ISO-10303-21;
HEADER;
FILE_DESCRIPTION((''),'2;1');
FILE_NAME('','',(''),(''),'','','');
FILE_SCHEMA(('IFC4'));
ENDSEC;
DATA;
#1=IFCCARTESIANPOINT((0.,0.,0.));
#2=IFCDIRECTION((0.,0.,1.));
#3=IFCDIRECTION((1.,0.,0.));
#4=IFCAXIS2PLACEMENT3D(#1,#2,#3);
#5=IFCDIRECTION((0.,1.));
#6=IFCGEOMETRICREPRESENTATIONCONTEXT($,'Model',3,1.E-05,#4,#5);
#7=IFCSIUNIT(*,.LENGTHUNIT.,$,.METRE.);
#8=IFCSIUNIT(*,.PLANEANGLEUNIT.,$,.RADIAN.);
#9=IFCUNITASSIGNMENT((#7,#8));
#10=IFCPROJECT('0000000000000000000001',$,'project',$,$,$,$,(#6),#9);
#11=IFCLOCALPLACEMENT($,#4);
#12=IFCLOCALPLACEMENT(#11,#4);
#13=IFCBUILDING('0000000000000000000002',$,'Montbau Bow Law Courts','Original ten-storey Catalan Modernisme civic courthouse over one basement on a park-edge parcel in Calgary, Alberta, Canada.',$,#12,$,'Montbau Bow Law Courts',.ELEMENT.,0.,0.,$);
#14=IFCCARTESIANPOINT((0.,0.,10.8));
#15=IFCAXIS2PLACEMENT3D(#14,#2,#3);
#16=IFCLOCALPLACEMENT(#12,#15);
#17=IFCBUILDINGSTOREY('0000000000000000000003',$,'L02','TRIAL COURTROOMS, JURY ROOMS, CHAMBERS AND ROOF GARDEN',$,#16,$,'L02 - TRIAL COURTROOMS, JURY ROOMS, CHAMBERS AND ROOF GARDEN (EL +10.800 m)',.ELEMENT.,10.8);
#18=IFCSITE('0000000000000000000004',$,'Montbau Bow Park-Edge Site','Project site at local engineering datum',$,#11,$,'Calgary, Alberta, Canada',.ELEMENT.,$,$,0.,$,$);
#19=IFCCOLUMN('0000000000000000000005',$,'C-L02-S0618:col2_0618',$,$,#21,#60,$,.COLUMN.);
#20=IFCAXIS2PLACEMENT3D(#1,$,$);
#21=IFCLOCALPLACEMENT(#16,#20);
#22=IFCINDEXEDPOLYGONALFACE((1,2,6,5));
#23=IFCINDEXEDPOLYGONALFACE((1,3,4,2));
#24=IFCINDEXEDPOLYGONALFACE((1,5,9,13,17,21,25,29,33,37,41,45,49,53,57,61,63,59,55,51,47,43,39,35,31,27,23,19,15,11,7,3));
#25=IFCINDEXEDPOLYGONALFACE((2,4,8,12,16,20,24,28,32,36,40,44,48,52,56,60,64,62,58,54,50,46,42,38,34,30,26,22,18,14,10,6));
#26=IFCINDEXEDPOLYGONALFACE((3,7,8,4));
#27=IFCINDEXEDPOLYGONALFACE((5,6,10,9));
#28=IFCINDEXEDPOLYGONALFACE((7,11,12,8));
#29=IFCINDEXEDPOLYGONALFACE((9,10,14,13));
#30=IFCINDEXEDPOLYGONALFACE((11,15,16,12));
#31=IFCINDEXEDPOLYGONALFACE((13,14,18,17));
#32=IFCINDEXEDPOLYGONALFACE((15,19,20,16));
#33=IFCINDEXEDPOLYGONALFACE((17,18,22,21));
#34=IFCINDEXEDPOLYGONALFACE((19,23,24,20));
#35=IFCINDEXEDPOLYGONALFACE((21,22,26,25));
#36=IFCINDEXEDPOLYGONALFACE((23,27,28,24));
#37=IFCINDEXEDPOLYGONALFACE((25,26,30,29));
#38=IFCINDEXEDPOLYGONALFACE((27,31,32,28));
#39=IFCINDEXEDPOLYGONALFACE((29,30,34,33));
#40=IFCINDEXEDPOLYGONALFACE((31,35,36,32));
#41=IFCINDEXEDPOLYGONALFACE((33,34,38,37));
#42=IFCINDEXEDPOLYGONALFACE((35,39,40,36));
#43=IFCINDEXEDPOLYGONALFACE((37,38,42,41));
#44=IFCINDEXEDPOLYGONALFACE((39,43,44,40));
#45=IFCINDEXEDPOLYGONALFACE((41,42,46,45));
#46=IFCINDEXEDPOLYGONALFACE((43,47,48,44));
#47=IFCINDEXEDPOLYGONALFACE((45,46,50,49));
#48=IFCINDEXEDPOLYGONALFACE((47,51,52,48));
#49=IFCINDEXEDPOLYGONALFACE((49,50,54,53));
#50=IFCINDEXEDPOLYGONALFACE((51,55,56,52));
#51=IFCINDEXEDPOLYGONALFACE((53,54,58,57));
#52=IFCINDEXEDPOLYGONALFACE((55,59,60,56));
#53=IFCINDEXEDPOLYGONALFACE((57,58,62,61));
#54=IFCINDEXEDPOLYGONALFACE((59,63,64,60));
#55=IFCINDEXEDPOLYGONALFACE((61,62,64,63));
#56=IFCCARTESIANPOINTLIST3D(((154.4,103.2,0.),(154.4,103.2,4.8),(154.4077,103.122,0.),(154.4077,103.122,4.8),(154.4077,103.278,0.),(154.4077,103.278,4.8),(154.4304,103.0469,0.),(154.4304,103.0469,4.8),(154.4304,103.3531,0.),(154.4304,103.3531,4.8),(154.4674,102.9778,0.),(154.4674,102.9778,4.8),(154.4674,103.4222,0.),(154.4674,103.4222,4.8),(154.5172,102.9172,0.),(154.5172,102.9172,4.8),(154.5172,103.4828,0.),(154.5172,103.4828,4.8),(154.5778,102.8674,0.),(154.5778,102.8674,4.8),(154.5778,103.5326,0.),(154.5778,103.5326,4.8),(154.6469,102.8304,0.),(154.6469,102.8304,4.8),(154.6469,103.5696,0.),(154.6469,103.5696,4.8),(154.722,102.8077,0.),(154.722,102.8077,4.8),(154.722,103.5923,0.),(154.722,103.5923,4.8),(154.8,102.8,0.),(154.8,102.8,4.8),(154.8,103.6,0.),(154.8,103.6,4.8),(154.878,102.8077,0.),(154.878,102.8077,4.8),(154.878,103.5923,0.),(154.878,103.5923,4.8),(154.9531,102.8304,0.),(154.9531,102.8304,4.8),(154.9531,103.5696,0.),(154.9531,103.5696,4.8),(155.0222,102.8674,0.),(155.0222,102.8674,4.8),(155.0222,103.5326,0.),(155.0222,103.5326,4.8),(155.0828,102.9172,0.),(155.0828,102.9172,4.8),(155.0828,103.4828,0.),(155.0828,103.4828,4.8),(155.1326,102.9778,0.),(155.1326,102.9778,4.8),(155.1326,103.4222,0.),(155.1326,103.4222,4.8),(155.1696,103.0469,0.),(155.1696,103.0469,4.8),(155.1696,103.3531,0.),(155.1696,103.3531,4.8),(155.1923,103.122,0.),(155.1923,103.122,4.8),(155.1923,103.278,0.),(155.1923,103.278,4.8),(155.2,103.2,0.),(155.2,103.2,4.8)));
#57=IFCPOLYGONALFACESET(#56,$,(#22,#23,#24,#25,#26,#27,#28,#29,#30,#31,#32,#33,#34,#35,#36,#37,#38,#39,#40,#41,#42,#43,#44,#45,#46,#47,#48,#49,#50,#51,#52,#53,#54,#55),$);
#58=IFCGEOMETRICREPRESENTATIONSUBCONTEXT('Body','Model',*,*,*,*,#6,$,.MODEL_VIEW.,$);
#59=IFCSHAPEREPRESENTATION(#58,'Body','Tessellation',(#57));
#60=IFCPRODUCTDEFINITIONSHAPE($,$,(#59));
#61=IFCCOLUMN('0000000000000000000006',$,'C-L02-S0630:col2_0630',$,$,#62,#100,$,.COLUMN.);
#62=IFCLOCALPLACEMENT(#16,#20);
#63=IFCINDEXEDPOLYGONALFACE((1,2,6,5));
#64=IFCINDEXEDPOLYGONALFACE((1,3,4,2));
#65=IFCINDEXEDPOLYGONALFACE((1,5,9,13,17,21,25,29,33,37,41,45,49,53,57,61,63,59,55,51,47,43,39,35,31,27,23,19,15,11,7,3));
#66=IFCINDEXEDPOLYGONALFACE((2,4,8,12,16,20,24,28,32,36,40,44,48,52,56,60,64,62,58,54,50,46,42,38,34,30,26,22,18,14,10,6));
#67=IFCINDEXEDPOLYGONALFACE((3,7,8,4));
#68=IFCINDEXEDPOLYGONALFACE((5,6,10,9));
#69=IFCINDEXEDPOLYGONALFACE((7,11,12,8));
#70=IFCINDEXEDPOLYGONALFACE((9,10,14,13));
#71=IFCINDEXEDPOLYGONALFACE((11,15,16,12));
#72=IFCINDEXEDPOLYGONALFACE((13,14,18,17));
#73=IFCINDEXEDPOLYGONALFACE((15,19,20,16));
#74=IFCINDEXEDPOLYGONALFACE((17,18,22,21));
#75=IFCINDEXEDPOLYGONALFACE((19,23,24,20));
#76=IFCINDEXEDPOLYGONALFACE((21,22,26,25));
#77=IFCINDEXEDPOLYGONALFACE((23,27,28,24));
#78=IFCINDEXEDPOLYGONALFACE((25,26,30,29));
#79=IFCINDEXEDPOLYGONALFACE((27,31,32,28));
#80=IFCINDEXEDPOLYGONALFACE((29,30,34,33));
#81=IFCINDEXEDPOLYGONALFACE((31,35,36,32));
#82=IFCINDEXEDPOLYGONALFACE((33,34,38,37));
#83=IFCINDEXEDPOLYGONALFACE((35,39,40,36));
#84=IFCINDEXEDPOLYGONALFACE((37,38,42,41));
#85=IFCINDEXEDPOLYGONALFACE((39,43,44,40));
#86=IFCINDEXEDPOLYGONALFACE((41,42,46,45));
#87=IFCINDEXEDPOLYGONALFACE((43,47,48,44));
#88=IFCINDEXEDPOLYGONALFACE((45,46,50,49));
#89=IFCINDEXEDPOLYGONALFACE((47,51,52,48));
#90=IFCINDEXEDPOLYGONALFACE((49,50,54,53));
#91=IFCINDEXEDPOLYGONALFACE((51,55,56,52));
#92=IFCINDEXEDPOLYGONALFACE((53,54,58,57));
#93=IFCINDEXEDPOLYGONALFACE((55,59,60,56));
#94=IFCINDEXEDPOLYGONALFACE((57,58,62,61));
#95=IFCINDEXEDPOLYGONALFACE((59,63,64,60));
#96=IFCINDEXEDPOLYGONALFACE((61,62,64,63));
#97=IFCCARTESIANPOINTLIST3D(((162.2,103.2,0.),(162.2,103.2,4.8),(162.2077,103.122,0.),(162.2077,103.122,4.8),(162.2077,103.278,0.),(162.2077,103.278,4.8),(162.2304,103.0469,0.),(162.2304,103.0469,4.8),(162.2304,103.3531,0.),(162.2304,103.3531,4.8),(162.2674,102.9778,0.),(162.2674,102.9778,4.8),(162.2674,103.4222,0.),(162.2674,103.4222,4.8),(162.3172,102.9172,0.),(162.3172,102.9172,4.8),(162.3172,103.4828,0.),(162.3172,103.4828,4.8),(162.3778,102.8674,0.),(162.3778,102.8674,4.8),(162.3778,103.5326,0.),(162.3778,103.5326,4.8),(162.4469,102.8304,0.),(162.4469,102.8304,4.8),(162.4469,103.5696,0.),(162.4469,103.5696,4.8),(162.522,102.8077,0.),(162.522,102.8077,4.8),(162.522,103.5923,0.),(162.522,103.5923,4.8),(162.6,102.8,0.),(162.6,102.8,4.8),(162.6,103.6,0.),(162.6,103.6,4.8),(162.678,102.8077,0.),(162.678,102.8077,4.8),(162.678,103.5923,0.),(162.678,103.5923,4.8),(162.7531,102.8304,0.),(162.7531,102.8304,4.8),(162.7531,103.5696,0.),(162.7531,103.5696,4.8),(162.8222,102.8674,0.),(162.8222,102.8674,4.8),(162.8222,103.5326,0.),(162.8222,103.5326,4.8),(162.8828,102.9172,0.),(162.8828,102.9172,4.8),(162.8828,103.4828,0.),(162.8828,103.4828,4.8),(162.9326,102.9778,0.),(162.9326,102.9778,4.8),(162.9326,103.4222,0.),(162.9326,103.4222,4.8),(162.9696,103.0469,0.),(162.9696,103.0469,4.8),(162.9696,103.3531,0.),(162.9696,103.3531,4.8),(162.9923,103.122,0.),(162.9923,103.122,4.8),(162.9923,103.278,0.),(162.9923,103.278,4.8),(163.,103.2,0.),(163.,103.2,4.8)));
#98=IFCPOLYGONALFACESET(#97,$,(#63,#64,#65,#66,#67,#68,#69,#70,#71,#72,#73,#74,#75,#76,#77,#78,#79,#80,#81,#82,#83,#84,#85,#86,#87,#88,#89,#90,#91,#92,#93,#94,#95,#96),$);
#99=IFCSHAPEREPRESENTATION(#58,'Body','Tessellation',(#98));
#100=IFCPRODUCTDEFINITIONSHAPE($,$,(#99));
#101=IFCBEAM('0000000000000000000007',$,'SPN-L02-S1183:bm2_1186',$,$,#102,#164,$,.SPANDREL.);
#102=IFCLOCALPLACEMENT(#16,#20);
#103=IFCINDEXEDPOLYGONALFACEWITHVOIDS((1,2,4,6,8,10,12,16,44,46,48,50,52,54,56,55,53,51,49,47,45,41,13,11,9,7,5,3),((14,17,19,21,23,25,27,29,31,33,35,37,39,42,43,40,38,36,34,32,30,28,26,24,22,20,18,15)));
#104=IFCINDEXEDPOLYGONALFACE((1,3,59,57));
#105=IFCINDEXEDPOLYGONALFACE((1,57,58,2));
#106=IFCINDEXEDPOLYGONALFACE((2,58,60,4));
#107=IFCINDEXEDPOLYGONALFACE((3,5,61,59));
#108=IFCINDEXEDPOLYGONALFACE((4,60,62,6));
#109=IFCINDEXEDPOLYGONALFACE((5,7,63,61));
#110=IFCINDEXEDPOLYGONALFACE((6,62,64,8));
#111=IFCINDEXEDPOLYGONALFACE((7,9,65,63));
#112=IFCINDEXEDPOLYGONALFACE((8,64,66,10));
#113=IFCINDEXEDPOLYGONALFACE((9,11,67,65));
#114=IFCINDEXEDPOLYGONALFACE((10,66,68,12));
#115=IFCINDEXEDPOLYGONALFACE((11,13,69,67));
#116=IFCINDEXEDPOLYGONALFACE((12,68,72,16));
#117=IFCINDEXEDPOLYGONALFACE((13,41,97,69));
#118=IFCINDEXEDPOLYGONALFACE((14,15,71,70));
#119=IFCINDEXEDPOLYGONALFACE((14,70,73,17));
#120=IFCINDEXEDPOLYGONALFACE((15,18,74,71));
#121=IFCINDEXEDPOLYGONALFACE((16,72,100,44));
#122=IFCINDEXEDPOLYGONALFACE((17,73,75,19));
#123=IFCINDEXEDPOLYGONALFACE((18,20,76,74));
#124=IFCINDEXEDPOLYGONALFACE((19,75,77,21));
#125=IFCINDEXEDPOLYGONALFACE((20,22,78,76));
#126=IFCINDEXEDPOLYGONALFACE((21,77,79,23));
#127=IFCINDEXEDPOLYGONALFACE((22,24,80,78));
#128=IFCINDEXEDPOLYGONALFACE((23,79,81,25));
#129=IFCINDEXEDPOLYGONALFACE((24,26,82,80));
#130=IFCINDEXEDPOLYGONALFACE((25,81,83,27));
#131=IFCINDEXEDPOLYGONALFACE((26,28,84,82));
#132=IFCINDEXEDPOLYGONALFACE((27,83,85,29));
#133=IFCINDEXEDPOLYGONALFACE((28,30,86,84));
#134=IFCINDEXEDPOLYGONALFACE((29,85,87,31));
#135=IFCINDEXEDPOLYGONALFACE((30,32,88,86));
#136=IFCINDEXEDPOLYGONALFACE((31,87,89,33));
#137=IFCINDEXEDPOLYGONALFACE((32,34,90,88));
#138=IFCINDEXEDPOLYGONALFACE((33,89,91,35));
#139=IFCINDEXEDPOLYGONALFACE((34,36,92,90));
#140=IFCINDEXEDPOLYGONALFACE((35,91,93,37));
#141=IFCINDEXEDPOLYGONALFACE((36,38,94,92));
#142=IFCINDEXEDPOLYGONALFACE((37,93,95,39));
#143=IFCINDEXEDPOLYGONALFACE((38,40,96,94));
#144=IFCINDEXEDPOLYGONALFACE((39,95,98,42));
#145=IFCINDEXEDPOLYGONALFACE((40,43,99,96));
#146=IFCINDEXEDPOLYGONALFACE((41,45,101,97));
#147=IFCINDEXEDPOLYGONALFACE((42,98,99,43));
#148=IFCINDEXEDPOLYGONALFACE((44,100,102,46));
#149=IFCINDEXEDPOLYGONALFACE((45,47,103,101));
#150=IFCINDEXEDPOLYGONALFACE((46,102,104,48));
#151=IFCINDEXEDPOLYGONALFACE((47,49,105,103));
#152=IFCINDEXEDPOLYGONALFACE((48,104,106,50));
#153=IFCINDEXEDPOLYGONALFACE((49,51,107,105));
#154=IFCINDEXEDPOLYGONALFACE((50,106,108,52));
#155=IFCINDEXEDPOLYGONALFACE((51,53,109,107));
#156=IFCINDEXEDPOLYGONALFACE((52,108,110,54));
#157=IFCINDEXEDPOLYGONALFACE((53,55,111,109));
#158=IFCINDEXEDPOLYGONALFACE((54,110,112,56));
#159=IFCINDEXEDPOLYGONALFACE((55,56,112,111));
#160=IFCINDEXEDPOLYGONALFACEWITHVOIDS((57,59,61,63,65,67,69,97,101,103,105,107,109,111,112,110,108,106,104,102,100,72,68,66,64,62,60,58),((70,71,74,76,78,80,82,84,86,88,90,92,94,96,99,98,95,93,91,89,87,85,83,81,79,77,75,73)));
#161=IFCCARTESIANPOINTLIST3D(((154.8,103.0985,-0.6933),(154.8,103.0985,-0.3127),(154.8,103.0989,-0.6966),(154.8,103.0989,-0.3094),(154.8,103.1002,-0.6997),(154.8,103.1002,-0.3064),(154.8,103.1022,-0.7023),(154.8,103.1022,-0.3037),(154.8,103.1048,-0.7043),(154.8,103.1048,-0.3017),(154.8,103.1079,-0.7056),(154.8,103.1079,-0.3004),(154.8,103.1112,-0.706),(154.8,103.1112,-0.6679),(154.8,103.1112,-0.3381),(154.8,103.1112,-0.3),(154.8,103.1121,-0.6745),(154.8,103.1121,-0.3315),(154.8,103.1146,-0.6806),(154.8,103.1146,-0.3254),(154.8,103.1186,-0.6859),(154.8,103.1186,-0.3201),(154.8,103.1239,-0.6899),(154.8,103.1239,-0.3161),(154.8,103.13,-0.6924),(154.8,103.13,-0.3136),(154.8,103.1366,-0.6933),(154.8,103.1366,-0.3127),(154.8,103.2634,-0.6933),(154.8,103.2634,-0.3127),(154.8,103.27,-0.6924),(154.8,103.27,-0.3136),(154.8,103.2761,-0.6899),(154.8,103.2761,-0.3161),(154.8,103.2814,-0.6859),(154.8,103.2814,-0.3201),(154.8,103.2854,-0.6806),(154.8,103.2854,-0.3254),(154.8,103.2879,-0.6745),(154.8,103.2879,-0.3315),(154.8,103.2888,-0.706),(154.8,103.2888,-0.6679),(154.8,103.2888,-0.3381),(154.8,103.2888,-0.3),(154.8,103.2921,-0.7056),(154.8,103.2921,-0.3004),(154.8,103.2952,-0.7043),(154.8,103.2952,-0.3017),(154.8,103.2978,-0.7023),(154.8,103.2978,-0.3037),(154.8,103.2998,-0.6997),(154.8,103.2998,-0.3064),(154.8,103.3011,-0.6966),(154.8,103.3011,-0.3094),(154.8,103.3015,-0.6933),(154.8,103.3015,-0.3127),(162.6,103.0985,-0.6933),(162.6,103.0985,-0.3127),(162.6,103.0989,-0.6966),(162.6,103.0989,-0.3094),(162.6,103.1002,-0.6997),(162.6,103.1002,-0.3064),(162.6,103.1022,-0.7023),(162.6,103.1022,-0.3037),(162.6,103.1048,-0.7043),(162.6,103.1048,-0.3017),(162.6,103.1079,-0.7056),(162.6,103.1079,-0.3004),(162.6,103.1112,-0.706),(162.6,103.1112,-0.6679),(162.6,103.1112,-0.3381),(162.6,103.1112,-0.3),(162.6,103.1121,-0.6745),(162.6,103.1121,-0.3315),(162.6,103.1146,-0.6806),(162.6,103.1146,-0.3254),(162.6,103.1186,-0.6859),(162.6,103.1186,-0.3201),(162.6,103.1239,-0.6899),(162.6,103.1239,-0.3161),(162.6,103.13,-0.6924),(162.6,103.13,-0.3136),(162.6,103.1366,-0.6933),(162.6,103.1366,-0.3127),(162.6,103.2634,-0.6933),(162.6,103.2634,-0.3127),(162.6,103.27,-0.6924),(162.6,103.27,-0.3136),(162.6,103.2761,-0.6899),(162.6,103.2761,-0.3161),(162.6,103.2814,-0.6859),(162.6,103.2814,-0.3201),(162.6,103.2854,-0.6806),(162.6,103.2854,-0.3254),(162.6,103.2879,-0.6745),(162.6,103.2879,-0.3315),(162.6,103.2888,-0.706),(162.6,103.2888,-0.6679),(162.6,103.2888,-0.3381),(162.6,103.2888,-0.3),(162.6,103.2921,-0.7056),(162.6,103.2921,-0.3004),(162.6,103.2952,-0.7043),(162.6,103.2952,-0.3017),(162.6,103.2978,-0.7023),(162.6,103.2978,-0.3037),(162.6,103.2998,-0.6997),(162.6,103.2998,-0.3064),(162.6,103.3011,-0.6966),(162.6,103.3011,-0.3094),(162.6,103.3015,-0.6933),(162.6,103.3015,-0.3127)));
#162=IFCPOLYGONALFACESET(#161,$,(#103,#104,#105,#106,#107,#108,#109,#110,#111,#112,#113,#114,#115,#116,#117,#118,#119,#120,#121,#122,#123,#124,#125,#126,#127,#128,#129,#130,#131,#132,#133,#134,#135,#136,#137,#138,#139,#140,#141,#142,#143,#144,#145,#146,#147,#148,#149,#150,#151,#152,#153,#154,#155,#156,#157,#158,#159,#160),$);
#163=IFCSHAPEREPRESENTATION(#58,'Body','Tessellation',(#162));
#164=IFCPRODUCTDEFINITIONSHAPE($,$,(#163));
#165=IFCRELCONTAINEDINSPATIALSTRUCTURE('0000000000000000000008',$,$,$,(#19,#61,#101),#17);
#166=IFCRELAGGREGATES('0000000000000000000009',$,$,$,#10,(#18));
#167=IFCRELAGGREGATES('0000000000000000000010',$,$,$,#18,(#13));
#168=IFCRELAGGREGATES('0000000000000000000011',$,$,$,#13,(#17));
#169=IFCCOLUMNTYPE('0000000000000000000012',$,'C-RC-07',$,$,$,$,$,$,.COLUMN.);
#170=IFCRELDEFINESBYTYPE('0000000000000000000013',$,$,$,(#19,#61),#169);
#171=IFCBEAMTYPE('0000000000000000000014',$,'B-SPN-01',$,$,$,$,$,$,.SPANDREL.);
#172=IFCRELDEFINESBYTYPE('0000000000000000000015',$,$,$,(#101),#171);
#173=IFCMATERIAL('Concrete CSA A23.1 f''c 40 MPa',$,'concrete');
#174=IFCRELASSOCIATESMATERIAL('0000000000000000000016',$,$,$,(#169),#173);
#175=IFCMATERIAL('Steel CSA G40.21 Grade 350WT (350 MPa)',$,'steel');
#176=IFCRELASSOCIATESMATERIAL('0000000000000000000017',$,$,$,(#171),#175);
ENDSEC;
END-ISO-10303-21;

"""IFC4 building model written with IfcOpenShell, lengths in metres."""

from ifc_helpers import new_model, si_unit, direction, frame, origin_with_axes, origin_2d_with_axis, place, context, subcontext, project, spatial, hollow_rectangle, circle, extrude, material, material_profile, profile_set, type_object, element, save


model = new_model("IFC4")

# Units and contexts
model_context = context("Model", 3, precision=1e-05, world=origin_with_axes(), true_north=direction((0.0, 1.0)))
body_context = subcontext(model_context, "Body", "Model", "MODEL_VIEW")
ifc_project = project(units=[si_unit("LENGTHUNIT", "METRE"), si_unit("PLANEANGLEUNIT", "RADIAN")], contexts=[model_context])

# Site, building, storey
site_placement = place(None, origin_with_axes())
site = spatial("IfcSite", under=ifc_project, at=site_placement, Name="Montbau Bow Park-Edge Site", Description="Project site at local engineering datum", LongName="Calgary, Alberta, Canada", CompositionType="ELEMENT", RefElevation=0.0)
building_placement = place(site_placement, origin_with_axes())
building = spatial("IfcBuilding", under=site, at=building_placement, Name="Montbau Bow Law Courts", Description="Original ten-storey Catalan Modernisme civic courthouse over one basement on a park-edge parcel in Calgary, Alberta, Canada.", LongName="Montbau Bow Law Courts", CompositionType="ELEMENT", ElevationOfRefHeight=0.0, ElevationOfTerrain=0.0)
storey_placement = place(building_placement, frame((0.0, 0.0, 10.8), z_axis=(0.0, 0.0, 1.0), x_axis=(1.0, 0.0, 0.0)))
storey = spatial("IfcBuildingStorey", under=building, at=storey_placement, Name="L02", Description="TRIAL COURTROOMS, JURY ROOMS, CHAMBERS AND ROOF GARDEN", LongName="L02 - TRIAL COURTROOMS, JURY ROOMS, CHAMBERS AND ROOF GARDEN (EL +10.800 m)", CompositionType="ELEMENT", Elevation=10.8)

# Columns
ifc_material_1 = material(Name="Concrete CSA A23.1 f'c 40 MPa", Category="concrete")
ifc_material_profile_1 = material_profile(ifc_material_1, circle(Radius=0.4, at=origin_2d_with_axis()), Name="RC800D", Category="Main", Priority=0)
ifc_profile_set_1 = profile_set([ifc_material_profile_1], Name="Concrete CSA A23.1 f'c 40 MPa")
column_type = type_object("IfcColumnType", Name="C-RC-07", PredefinedType="COLUMN", material=ifc_profile_set_1)
for number, where, z_axis, x_axis, name in (
    (1, (154.8, 103.2, 10.8), (0.0, 0.0, 1.0), (1.0, 0.0, 0.0), "C-L02-S0618:col2_0618"),
    (2, (162.6, 103.2, 10.8), (0.0, 0.0, 1.0), (1.0, 0.0, 0.0), "C-L02-S0630:col2_0630"),
):
    element("IfcColumn", number, at=place(None, frame(where, z_axis=z_axis, x_axis=x_axis)), inside=storey, type_object=column_type, Name=name, PredefinedType="COLUMN", context=body_context, shape_type="SweptSolid", body=[
        extrude(circle(Radius=0.4, at=origin_2d_with_axis()), origin_with_axes(), (0.0, 0.0, 1.0), 4.8),
    ])

# Beam
ifc_material_2 = material(Name="Steel CSA G40.21 Grade 350WT (350 MPa)", Category="steel")
ifc_material_profile_2 = material_profile(ifc_material_2, hollow_rectangle(XDim=0.203, YDim=0.406, WallThickness=0.0127, InnerFilletRadius=0.0254, OuterFilletRadius=0.0127, at=origin_2d_with_axis()), Name="HSS406X203X13", Category="Main", Priority=0)
ifc_profile_set_2 = profile_set([ifc_material_profile_2], Name="Steel CSA G40.21 Grade 350WT (350 MPa)")
beam_type_1 = type_object("IfcBeamType", Name="B-SPN-01", PredefinedType="SPANDREL", material=ifc_profile_set_2)
beam_1_placement = place(None, frame((154.8, 103.2, 10.297), z_axis=(1.0, 0.0, 0.0), x_axis=(0.0, 1.0, 0.0)))
element("IfcBeam", 3, at=beam_1_placement, inside=storey, type_object=beam_type_1, Name="SPN-L02-S1183:bm2_1186", PredefinedType="SPANDREL", context=body_context, shape_type="SweptSolid", body=[
    extrude(hollow_rectangle(XDim=0.203, YDim=0.406, WallThickness=0.0127, InnerFilletRadius=0.0254, OuterFilletRadius=0.0127, at=origin_2d_with_axis()), origin_with_axes(), (0.0, 0.0, 1.0), 7.8),
])

save(model, "model.ifc")
